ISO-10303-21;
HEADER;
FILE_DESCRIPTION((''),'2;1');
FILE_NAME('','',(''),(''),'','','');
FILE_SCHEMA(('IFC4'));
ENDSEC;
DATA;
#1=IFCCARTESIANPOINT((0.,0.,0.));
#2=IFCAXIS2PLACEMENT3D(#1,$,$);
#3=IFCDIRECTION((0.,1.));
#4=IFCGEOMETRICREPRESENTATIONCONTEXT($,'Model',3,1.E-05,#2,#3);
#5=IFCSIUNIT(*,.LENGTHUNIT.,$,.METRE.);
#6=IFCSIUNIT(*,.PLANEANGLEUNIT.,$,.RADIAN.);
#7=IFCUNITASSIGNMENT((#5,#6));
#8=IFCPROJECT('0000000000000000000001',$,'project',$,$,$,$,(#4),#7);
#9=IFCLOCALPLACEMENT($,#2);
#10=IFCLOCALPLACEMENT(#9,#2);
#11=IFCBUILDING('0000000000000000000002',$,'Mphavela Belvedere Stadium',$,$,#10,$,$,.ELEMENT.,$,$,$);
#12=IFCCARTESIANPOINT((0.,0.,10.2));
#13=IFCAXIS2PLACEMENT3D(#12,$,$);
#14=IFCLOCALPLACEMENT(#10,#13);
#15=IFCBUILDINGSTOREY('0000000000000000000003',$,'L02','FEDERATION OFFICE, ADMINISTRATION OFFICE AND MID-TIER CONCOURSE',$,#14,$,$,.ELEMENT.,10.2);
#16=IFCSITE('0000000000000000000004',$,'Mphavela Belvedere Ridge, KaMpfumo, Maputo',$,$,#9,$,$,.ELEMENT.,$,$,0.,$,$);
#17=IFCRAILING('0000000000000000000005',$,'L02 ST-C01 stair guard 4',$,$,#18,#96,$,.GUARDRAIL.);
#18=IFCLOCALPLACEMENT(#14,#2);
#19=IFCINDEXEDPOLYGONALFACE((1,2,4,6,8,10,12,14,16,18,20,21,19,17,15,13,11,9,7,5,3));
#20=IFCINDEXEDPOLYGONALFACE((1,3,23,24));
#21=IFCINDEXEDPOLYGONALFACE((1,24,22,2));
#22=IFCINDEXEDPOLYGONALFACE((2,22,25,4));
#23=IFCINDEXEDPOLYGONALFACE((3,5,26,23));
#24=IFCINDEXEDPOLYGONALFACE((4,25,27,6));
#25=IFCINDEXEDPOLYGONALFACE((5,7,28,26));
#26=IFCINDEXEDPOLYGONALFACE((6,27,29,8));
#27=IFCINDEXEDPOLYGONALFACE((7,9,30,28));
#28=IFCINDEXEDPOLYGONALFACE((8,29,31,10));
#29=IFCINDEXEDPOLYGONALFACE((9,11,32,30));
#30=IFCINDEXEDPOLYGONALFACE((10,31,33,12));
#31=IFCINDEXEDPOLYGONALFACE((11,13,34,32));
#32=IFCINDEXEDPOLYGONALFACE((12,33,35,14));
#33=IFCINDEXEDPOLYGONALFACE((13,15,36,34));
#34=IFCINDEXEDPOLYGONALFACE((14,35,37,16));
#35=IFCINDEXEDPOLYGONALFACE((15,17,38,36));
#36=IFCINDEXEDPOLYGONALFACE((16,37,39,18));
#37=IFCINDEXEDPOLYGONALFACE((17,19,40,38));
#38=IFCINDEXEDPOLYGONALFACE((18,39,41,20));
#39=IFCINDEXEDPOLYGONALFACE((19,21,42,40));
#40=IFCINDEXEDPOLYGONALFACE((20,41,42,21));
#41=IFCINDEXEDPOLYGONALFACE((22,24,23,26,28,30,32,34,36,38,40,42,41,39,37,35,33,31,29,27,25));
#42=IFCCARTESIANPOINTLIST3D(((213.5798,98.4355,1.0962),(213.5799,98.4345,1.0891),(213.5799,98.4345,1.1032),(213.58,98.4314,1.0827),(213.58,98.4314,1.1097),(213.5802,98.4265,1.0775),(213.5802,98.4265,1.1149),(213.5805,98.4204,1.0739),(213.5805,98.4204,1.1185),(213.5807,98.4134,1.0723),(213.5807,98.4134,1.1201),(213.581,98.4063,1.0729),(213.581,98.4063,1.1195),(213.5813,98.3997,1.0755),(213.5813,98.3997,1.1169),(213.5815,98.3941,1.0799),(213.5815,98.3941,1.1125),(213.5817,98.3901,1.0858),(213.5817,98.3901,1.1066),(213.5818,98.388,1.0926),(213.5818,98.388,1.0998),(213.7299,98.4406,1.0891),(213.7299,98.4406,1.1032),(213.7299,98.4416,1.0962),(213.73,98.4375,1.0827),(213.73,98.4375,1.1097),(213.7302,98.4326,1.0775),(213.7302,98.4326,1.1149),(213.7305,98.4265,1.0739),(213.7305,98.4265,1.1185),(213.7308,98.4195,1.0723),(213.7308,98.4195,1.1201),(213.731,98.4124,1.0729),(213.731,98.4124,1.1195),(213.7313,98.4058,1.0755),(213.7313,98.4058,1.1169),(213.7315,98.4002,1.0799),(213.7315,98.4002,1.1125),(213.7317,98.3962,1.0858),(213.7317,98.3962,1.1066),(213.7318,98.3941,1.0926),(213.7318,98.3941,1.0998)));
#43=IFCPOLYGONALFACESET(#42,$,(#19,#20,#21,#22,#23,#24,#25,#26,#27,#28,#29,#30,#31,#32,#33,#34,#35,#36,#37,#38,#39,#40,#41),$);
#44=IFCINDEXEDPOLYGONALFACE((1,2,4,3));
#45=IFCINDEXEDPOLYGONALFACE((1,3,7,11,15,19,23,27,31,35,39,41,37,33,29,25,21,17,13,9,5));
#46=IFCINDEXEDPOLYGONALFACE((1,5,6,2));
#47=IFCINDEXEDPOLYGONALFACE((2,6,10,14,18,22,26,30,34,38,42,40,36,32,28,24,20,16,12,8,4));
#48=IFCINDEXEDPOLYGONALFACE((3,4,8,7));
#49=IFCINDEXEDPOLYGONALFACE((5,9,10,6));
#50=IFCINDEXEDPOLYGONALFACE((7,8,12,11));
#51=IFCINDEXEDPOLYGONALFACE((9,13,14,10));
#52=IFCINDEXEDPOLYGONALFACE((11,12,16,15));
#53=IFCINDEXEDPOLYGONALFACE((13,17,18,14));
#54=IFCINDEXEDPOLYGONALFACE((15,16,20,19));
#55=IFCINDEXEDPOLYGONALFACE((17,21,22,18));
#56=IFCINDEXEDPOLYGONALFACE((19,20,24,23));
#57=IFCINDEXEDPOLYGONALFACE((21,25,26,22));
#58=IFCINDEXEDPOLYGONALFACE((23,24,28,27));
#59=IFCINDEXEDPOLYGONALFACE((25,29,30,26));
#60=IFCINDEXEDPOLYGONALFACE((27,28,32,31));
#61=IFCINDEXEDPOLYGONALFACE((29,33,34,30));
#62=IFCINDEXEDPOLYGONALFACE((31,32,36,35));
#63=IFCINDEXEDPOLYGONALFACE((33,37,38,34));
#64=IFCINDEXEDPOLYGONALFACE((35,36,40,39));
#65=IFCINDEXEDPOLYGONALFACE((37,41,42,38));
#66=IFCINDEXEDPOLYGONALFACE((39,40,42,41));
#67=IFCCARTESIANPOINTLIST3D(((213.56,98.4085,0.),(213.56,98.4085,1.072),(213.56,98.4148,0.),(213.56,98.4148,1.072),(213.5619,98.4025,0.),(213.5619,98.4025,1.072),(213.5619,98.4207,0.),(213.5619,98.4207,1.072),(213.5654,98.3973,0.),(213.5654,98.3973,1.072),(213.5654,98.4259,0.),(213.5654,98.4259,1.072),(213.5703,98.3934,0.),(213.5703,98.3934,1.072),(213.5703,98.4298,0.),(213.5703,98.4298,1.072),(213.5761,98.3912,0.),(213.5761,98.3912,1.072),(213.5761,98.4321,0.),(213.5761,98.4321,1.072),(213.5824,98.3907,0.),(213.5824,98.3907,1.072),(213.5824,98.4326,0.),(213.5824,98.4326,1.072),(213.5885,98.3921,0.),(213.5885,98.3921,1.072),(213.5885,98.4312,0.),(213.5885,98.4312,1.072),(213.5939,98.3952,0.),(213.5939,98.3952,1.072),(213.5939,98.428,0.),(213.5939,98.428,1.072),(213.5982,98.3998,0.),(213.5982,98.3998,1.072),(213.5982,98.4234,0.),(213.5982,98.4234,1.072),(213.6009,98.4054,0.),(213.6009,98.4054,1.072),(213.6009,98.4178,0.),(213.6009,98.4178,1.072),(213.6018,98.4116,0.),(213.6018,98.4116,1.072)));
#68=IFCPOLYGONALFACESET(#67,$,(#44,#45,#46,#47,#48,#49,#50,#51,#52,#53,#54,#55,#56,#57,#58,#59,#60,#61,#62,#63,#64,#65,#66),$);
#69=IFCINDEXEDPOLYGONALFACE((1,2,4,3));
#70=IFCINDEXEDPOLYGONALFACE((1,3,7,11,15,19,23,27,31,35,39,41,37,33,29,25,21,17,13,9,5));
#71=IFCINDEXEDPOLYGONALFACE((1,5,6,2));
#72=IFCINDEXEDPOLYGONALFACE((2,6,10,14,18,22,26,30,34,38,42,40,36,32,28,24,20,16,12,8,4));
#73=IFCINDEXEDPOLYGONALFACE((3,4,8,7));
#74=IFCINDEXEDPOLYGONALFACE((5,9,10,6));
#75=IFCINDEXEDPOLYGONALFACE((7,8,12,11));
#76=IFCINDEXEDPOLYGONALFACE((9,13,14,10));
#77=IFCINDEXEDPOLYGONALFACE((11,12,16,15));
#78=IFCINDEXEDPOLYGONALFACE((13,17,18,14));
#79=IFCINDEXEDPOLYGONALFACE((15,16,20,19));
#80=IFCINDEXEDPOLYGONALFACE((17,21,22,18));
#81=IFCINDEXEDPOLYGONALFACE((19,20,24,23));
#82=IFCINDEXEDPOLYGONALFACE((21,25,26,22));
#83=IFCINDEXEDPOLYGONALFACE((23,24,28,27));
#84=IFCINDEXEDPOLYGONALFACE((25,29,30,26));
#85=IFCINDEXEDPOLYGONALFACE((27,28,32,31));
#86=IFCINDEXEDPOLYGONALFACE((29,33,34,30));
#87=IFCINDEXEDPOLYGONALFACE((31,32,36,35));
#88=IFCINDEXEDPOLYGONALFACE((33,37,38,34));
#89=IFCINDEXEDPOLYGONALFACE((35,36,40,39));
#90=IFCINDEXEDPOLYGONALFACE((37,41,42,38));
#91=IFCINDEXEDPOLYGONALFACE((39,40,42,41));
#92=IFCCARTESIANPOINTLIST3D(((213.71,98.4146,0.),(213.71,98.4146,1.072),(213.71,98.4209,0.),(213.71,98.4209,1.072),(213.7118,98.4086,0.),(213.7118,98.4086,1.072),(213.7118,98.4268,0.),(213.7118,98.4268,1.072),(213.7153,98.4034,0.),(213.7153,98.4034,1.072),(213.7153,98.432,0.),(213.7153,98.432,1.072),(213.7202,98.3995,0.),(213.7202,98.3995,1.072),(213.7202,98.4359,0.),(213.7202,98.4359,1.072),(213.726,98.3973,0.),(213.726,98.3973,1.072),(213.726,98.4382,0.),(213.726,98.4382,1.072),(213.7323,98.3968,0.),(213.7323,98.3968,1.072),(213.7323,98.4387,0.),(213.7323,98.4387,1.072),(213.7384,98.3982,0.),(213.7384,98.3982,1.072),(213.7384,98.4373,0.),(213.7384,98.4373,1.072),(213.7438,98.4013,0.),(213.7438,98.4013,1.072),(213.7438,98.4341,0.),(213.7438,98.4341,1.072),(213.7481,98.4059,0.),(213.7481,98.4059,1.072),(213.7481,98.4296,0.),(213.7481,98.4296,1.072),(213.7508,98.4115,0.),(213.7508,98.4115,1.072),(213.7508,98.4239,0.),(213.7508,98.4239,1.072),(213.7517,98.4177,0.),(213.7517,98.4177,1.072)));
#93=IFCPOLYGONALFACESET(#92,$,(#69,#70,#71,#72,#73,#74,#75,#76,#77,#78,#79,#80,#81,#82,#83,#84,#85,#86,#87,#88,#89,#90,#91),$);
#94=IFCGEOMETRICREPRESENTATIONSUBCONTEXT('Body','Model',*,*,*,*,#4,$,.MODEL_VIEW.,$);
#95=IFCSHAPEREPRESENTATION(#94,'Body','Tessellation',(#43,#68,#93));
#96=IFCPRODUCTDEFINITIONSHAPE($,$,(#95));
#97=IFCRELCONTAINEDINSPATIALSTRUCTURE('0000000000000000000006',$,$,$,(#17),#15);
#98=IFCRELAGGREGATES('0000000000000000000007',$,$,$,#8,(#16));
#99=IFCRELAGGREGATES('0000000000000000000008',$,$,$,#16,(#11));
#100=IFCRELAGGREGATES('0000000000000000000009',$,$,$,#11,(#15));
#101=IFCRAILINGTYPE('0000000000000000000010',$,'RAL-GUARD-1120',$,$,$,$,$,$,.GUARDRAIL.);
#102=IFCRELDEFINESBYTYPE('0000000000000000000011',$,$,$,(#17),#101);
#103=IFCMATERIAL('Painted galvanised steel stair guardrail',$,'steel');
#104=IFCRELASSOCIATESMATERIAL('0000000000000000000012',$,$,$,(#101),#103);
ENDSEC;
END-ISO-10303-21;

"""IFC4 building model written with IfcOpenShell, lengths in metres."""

from ifc_helpers import new_model, si_unit, direction, frame, origin, origin_2d, place, context, subcontext, project, spatial, circle, extrude, material, type_object, element, save


model = new_model("IFC4")

# Units and contexts
model_context = context("Model", 3, precision=1e-05, world=origin(), true_north=direction((0.0, 1.0)))
body_context = subcontext(model_context, "Body", "Model", "MODEL_VIEW")
ifc_project = project(units=[si_unit("LENGTHUNIT", "METRE"), si_unit("PLANEANGLEUNIT", "RADIAN")], contexts=[model_context])

# Site, building, storey
site_placement = place(None, origin())
site = spatial("IfcSite", under=ifc_project, at=site_placement, Name="Mphavela Belvedere Ridge, KaMpfumo, Maputo", CompositionType="ELEMENT", RefElevation=0.0)
building_placement = place(site_placement, origin())
building = spatial("IfcBuilding", under=site, at=building_placement, Name="Mphavela Belvedere Stadium", CompositionType="ELEMENT")
storey_placement = place(building_placement, frame((0.0, 0.0, 10.2)))
storey = spatial("IfcBuildingStorey", under=building, at=storey_placement, Name="L02", Description="FEDERATION OFFICE, ADMINISTRATION OFFICE AND MID-TIER CONCOURSE", CompositionType="ELEMENT", Elevation=10.2)

# Railing
ifc_material_1 = material(Name="Painted galvanised steel stair guardrail", Category="steel")
railing_type = type_object("IfcRailingType", Name="RAL-GUARD-1120", PredefinedType="GUARDRAIL", material=ifc_material_1)
railing_1_placement = place(storey_placement, frame((213.5808, 98.4116, 0.0)))
element("IfcRailing", 1, at=railing_1_placement, inside=storey, type_object=railing_type, Name="L02 ST-C01 stair guard 4", PredefinedType="GUARDRAIL", context=body_context, shape_type="SweptSolid", body=[
    extrude(circle(Radius=0.0239, at=origin_2d()), frame((0.0, 0.0, 1.0962), z_axis=(0.999172, 0.040683, 0.0), x_axis=(-0.040683, 0.999172, 0.0)), (0.0, 0.0, 1.0), 0.1501),
    extrude(circle(Radius=0.021, at=origin_2d()), origin(), (0.0, 0.0, 1.0), 1.072),
    extrude(circle(Radius=0.021, at=origin_2d()), frame((0.1499, 0.0061, 0.0)), (0.0, 0.0, 1.0), 1.072),
])

save(model, "model.ifc")
